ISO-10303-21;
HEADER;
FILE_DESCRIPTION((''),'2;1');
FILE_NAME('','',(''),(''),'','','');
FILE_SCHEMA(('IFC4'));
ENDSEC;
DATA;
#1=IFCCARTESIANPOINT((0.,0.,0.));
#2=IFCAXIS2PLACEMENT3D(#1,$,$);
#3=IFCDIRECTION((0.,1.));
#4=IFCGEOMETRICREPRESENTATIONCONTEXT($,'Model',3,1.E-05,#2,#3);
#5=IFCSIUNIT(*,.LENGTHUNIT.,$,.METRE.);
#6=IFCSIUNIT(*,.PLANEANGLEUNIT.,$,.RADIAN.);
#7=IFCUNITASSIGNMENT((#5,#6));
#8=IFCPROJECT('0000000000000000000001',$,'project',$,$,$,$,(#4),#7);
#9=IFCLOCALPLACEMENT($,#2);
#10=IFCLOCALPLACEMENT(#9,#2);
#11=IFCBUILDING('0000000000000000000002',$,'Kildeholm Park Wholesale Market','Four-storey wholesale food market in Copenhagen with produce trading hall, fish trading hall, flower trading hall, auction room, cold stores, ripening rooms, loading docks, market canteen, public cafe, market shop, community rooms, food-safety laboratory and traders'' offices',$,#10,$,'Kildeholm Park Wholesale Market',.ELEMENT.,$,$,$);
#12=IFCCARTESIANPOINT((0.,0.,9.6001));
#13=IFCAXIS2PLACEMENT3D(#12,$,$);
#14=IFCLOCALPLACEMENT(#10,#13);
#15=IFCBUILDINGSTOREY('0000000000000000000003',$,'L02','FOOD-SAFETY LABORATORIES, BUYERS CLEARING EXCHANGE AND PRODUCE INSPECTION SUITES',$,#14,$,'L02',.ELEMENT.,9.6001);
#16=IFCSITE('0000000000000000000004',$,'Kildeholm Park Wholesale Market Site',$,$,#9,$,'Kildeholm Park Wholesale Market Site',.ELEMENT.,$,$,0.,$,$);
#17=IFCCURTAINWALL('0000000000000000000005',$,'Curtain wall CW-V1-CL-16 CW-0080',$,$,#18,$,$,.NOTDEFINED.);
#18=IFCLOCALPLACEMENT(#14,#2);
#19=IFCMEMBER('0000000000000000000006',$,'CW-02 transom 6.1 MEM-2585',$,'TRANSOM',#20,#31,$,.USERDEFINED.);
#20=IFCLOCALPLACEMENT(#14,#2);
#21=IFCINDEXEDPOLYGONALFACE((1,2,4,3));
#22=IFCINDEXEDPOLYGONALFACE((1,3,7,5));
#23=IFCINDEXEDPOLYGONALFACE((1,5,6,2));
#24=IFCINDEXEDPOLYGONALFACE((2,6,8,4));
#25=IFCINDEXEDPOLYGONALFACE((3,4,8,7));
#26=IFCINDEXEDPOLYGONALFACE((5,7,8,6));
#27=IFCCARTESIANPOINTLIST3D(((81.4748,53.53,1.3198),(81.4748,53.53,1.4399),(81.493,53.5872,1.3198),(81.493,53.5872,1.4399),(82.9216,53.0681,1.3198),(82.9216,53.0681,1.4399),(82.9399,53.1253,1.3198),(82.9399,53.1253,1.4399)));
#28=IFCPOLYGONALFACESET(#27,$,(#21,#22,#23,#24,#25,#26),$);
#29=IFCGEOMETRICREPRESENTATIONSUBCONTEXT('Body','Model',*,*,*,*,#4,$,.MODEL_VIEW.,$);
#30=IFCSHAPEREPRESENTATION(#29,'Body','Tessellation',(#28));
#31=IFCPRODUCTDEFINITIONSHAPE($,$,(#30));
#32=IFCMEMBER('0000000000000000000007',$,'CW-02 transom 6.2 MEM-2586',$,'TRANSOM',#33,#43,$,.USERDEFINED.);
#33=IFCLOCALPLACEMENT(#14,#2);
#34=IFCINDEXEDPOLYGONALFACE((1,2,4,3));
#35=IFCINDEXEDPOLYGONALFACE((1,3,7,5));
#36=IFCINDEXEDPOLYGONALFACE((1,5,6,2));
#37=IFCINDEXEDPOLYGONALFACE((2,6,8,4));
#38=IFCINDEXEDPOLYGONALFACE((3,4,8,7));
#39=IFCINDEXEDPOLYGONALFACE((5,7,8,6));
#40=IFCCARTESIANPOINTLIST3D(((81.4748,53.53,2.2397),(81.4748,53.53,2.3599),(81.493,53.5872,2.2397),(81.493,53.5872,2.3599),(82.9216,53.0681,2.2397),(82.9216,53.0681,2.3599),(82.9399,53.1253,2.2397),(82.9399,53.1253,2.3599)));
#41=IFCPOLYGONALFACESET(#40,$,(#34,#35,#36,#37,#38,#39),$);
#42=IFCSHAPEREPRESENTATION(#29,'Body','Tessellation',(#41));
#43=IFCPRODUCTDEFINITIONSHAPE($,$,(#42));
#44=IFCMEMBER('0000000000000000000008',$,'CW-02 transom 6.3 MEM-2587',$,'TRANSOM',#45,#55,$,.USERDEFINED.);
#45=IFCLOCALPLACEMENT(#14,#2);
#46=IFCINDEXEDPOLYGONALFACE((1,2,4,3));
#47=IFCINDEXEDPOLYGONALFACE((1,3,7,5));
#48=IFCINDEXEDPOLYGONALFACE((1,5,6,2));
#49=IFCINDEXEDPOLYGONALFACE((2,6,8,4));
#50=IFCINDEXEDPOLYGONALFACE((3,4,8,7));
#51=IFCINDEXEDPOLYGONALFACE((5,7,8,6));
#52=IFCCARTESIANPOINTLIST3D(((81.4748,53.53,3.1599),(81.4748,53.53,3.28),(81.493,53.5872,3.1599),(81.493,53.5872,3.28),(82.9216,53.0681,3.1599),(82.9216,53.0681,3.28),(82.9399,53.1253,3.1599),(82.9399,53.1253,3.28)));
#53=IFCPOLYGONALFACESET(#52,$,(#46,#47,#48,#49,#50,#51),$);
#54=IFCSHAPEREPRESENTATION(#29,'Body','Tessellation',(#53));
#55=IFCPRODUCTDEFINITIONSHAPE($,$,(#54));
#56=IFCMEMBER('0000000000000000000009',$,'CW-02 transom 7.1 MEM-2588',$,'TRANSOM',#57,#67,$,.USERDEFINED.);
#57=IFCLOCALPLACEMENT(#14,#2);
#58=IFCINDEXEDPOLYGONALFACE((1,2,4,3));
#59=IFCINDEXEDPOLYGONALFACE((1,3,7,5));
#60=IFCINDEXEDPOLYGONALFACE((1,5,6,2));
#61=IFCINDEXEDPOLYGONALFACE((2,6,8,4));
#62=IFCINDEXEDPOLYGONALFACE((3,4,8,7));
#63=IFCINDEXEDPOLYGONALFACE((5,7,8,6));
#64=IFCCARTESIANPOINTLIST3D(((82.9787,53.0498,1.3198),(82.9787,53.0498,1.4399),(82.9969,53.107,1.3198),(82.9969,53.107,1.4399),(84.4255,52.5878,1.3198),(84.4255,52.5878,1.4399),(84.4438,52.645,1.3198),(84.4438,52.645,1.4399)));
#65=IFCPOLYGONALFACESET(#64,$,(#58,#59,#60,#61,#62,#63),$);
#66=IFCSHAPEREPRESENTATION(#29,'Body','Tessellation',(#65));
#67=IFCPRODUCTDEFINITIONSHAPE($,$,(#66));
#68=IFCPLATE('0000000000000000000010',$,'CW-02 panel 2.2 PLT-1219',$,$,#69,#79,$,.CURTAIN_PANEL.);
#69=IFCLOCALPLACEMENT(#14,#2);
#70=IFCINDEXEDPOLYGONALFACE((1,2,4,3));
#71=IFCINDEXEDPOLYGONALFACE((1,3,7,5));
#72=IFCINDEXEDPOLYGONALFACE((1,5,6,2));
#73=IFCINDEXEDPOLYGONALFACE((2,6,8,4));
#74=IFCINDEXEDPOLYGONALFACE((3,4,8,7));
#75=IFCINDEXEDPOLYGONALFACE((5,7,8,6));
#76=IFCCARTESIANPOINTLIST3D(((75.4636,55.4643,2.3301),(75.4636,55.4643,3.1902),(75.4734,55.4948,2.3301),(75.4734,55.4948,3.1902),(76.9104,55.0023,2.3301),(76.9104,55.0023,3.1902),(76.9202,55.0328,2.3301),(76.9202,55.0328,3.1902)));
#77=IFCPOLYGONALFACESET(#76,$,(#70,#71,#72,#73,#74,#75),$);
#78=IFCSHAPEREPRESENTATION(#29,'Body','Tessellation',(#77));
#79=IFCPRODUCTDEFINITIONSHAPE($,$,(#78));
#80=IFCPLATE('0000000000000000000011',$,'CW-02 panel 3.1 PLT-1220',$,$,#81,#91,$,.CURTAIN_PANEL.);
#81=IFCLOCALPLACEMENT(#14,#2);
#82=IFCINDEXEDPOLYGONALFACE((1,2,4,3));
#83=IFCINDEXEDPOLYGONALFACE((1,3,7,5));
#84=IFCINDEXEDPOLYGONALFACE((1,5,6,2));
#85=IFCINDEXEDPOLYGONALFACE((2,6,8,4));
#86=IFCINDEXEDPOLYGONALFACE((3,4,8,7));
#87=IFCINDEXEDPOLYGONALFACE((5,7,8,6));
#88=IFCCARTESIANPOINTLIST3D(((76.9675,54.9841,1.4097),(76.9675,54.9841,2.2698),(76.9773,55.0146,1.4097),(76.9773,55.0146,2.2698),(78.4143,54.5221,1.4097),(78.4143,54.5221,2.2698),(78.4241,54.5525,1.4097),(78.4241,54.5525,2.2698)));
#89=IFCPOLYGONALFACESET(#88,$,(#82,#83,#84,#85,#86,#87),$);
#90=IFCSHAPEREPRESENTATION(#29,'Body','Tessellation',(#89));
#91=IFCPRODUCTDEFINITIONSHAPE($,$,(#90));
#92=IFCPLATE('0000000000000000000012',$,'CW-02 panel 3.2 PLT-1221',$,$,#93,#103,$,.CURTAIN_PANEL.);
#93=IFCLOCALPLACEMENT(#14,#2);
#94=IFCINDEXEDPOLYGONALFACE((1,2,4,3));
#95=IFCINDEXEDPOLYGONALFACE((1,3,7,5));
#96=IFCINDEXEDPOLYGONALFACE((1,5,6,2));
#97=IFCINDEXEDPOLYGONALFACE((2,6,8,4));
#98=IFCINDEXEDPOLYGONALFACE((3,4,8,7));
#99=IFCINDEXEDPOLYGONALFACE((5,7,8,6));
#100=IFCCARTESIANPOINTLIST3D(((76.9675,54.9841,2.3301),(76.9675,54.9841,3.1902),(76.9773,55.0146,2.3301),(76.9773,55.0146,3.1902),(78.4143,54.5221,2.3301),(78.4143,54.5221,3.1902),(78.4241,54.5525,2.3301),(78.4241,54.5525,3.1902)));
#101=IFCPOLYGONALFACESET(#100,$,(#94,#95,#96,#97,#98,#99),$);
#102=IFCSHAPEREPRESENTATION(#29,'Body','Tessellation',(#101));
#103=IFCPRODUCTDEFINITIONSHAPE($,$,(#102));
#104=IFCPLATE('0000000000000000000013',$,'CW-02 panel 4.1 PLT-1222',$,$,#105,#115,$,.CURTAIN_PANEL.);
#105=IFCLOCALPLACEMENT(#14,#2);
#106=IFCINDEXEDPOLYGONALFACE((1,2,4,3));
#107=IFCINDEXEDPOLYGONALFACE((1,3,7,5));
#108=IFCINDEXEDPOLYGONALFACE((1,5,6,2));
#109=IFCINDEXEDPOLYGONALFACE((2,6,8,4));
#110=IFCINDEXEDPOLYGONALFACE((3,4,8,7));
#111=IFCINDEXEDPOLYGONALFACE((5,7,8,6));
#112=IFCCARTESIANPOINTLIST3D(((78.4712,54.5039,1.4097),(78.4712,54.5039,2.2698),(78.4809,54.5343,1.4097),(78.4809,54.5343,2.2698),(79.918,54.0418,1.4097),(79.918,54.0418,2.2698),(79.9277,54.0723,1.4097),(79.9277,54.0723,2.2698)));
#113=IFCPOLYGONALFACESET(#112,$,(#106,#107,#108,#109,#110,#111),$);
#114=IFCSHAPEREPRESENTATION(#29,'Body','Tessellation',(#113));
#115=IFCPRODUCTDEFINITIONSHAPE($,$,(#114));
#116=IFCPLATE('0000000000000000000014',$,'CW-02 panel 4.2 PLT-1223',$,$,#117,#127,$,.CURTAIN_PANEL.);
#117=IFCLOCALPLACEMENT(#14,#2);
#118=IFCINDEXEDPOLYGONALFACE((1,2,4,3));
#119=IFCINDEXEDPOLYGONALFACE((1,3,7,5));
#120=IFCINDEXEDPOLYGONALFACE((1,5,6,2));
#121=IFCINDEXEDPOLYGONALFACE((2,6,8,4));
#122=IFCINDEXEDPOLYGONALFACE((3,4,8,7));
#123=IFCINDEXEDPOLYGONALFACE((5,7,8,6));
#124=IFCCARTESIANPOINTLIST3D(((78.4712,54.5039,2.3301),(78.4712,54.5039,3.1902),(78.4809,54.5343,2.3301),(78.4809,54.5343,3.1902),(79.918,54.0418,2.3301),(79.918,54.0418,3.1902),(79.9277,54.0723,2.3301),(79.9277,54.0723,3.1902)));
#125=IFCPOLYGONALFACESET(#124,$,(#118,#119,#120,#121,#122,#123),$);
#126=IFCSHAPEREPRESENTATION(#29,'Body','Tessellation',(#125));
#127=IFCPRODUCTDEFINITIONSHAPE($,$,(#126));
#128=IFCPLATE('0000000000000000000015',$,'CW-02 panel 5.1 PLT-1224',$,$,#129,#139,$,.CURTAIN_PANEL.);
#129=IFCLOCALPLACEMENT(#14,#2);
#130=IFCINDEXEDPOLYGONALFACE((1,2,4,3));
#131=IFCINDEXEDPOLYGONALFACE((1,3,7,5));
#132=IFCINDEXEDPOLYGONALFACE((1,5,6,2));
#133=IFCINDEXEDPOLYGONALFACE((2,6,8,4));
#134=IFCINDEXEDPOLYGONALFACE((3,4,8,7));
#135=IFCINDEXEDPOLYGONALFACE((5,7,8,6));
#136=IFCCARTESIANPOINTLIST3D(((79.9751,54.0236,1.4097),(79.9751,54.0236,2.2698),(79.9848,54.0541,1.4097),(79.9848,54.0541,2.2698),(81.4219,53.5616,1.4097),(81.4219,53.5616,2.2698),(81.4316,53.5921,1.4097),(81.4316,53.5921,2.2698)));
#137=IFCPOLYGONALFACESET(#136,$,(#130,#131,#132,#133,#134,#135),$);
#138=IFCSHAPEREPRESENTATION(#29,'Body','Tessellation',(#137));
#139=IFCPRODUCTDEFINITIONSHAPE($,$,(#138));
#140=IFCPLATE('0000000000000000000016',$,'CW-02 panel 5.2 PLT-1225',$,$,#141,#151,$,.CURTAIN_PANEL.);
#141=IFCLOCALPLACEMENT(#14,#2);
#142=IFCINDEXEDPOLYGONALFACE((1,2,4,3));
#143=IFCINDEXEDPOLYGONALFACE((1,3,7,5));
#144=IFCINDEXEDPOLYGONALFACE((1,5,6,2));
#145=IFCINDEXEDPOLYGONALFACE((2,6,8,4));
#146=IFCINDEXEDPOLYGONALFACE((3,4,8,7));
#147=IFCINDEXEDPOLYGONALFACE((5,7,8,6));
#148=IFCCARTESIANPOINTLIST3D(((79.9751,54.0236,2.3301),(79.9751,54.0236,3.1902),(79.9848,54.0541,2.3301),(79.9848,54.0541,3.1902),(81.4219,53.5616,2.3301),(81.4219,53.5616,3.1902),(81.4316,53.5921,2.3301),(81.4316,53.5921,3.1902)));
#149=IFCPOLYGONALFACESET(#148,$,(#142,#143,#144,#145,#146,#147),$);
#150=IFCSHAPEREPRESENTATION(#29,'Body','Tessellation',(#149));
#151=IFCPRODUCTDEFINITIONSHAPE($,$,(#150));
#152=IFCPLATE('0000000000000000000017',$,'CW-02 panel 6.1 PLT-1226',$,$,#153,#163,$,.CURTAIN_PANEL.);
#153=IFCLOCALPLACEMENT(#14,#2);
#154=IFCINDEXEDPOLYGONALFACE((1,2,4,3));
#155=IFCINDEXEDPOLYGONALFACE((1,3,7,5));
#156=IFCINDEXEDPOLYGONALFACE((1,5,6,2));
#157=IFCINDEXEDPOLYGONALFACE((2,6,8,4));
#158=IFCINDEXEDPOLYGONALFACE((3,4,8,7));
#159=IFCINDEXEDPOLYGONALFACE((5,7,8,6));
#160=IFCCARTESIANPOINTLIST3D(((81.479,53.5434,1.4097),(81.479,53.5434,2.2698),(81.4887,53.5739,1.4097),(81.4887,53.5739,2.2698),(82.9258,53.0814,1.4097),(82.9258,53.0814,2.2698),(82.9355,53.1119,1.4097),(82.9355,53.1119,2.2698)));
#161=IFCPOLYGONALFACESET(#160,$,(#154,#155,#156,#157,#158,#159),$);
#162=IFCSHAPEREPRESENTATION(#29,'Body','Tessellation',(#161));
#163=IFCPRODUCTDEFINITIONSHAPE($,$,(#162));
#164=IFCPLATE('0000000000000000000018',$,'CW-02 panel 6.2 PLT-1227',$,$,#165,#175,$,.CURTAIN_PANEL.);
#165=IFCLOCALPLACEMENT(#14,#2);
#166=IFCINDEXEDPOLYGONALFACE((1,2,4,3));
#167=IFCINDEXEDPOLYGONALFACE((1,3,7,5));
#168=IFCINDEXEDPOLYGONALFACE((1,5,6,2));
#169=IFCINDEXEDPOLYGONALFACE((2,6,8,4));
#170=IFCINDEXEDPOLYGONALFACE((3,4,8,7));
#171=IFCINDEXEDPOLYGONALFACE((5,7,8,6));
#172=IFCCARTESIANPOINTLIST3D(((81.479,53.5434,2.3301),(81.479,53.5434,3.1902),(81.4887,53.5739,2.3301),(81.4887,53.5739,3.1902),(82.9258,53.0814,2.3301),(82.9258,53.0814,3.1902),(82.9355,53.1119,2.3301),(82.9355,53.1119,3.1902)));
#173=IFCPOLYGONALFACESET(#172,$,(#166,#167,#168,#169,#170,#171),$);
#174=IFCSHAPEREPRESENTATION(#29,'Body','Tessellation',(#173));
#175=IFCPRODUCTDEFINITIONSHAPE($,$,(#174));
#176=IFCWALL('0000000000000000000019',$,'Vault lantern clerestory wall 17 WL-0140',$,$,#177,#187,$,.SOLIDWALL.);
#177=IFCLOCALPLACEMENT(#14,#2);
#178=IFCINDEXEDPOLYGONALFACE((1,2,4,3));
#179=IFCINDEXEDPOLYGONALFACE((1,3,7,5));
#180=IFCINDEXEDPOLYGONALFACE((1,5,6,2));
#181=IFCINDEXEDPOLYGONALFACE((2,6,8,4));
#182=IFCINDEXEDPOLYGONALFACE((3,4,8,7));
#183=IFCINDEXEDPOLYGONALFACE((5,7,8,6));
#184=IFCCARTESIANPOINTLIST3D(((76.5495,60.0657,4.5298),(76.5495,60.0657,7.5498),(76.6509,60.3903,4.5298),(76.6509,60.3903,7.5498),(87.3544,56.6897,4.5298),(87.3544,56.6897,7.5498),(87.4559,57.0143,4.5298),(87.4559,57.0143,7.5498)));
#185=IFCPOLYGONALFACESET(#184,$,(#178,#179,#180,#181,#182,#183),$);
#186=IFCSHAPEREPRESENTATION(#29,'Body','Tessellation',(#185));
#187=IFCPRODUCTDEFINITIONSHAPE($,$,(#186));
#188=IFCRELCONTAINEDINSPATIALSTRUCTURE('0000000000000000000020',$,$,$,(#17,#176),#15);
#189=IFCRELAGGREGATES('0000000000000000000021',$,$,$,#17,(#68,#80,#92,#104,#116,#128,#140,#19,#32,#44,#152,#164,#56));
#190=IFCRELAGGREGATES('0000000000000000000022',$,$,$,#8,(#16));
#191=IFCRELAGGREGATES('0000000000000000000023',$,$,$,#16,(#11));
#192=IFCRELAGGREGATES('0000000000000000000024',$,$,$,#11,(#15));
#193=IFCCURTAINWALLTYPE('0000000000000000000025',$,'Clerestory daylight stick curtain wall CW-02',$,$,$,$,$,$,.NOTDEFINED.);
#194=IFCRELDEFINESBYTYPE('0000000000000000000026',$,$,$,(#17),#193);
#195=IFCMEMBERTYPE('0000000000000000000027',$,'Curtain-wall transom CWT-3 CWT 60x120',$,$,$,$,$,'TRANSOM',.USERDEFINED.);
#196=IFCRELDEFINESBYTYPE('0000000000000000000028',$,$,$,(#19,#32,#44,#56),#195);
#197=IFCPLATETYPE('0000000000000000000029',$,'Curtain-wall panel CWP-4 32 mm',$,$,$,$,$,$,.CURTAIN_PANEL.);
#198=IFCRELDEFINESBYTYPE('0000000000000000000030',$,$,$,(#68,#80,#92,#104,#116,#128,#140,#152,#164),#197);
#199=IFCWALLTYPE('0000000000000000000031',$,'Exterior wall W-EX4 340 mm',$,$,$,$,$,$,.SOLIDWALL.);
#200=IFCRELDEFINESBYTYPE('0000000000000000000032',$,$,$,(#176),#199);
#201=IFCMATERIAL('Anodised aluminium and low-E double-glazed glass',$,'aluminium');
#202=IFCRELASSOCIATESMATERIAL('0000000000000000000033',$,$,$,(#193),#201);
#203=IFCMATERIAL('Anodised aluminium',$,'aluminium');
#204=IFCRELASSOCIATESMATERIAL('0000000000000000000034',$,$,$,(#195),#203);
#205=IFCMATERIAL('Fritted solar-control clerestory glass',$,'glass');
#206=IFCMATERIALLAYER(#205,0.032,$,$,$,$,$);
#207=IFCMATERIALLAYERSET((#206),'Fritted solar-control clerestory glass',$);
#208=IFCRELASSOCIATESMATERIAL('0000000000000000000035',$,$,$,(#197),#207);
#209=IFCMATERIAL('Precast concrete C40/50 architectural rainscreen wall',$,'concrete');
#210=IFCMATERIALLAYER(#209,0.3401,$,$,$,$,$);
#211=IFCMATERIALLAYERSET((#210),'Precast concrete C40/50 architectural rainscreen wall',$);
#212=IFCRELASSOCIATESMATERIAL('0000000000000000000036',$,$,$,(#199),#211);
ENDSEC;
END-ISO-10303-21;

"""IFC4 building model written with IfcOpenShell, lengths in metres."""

from ifc_helpers import new_model, si_unit, direction, frame, frame_2d, origin, origin_2d, place, context, subcontext, project, spatial, rectangle, extrude, material, layer, layer_set, material_profile, profile_set, type_object, element, aggregate, save


model = new_model("IFC4")

# Units and contexts
model_context = context("Model", 3, precision=1e-05, world=origin(), true_north=direction((0.0, 1.0)))
body_context = subcontext(model_context, "Body", "Model", "MODEL_VIEW")
ifc_project = project(units=[si_unit("LENGTHUNIT", "METRE"), si_unit("PLANEANGLEUNIT", "RADIAN")], contexts=[model_context])

# Site, building, storey
site_placement = place(None, origin())
site = spatial("IfcSite", under=ifc_project, at=site_placement, Name="Kildeholm Park Wholesale Market Site", LongName="Kildeholm Park Wholesale Market Site", CompositionType="ELEMENT", RefElevation=0.0)
building_placement = place(site_placement, origin())
building = spatial("IfcBuilding", under=site, at=building_placement, Name="Kildeholm Park Wholesale Market", Description="Four-storey wholesale food market in Copenhagen with produce trading hall, fish trading hall, flower trading hall, auction room, cold stores, ripening rooms, loading docks, market canteen, public cafe, market shop, community rooms, food-safety laboratory and traders' offices", LongName="Kildeholm Park Wholesale Market", CompositionType="ELEMENT")
storey_placement = place(building_placement, frame((0.0, 0.0, 9.6001)))
storey = spatial("IfcBuildingStorey", under=building, at=storey_placement, Name="L02", Description="FOOD-SAFETY LABORATORIES, BUYERS CLEARING EXCHANGE AND PRODUCE INSPECTION SUITES", LongName="L02", CompositionType="ELEMENT", Elevation=9.6001)

# Curtain wall, members, plates
ifc_material_1 = material(Name="Anodised aluminium and low-E double-glazed glass", Category="aluminium")
curtain_wall_type = type_object("IfcCurtainWallType", Name="Clerestory daylight stick curtain wall CW-02", PredefinedType="NOTDEFINED", material=ifc_material_1)
curtain_wall_placement = place(storey_placement, origin())
curtain_wall = element("IfcCurtainWall", 1, at=curtain_wall_placement, inside=storey, type_object=curtain_wall_type, Name="Curtain wall CW-V1-CL-16 CW-0080", PredefinedType="NOTDEFINED")
ifc_material_2 = material(Name="Anodised aluminium", Category="aluminium")
ifc_material_profile_1 = material_profile(ifc_material_2, rectangle(XDim=0.0601, YDim=0.1201, at=origin_2d()), Name="CWT 60x120")
ifc_profile_set_1 = profile_set([ifc_material_profile_1], Name="Anodised aluminium")
member_type_1 = type_object("IfcMemberType", Name="Curtain-wall transom CWT-3 CWT 60x120", ElementType="TRANSOM", PredefinedType="USERDEFINED", material=ifc_profile_set_1)
member_1_placement = place(storey_placement, frame((81.4839, 53.5586, 1.3799), z_axis=(0.952626, -0.304146, 0.0), x_axis=(0.304146, 0.952626, 0.0)))
member_1 = element("IfcMember", 2, at=member_1_placement, type_object=member_type_1, Name="CW-02 transom 6.1 MEM-2585", ObjectType="TRANSOM", PredefinedType="USERDEFINED", context=body_context, shape_type="SweptSolid", body=[
    extrude(rectangle(XDim=0.0601, YDim=0.1201, at=origin_2d()), origin(), (0.0, 0.0, 1.0), 1.5188),
])
member_2_placement = place(storey_placement, frame((81.4839, 53.5586, 2.2998), z_axis=(0.952626, -0.304146, 0.0), x_axis=(0.304146, 0.952626, 0.0)))
member_2 = element("IfcMember", 3, at=member_2_placement, type_object=member_type_1, Name="CW-02 transom 6.2 MEM-2586", ObjectType="TRANSOM", PredefinedType="USERDEFINED", context=body_context, shape_type="SweptSolid", body=[
    extrude(rectangle(XDim=0.0601, YDim=0.1201, at=origin_2d()), origin(), (0.0, 0.0, 1.0), 1.5188),
])
member_3_placement = place(storey_placement, frame((81.4839, 53.5586, 3.22), z_axis=(0.952626, -0.304146, 0.0), x_axis=(0.304146, 0.952626, 0.0)))
member_3 = element("IfcMember", 4, at=member_3_placement, type_object=member_type_1, Name="CW-02 transom 6.3 MEM-2587", ObjectType="TRANSOM", PredefinedType="USERDEFINED", context=body_context, shape_type="SweptSolid", body=[
    extrude(rectangle(XDim=0.0601, YDim=0.1201, at=origin_2d()), origin(), (0.0, 0.0, 1.0), 1.5188),
])
member_4_placement = place(storey_placement, frame((82.9878, 53.0784, 1.3799), z_axis=(0.952626, -0.304146, 0.0), x_axis=(0.304146, 0.952626, 0.0)))
member_4 = element("IfcMember", 5, at=member_4_placement, type_object=member_type_1, Name="CW-02 transom 7.1 MEM-2588", ObjectType="TRANSOM", PredefinedType="USERDEFINED", context=body_context, shape_type="SweptSolid", body=[
    extrude(rectangle(XDim=0.0601, YDim=0.1201, at=origin_2d()), origin(), (0.0, 0.0, 1.0), 1.5188),
])
ifc_material_3 = material(Name="Fritted solar-control clerestory glass", Category="glass")
ifc_layer_1 = layer(ifc_material_3, 0.032)
ifc_layer_set_1 = layer_set([ifc_layer_1], Name="Fritted solar-control clerestory glass")
plate_type = type_object("IfcPlateType", Name="Curtain-wall panel CWP-4 32 mm", PredefinedType="CURTAIN_PANEL", material=ifc_layer_set_1)
plate_1_placement = place(storey_placement, frame((76.1919, 55.2485, 2.3301), z_axis=(0.0, 0.0, 1.0), x_axis=(0.952606, -0.304207, 0.0)))
plate_1 = element("IfcPlate", 6, at=plate_1_placement, type_object=plate_type, Name="CW-02 panel 2.2 PLT-1219", PredefinedType="CURTAIN_PANEL", context=body_context, shape_type="SweptSolid", body=[
    extrude(rectangle(XDim=1.5188, YDim=0.032, at=origin_2d()), origin(), (0.0, 0.0, 1.0), 0.8601),
])
plate_2_placement = place(storey_placement, frame((77.6958, 54.7683, 1.4097), z_axis=(0.0, 0.0, 1.0), x_axis=(0.952606, -0.304207, 0.0)))
plate_2 = element("IfcPlate", 7, at=plate_2_placement, type_object=plate_type, Name="CW-02 panel 3.1 PLT-1220", PredefinedType="CURTAIN_PANEL", context=body_context, shape_type="SweptSolid", body=[
    extrude(rectangle(XDim=1.5188, YDim=0.032, at=origin_2d()), origin(), (0.0, 0.0, 1.0), 0.8601),
])
plate_3_placement = place(storey_placement, frame((77.6958, 54.7683, 2.3301), z_axis=(0.0, 0.0, 1.0), x_axis=(0.952606, -0.304207, 0.0)))
plate_3 = element("IfcPlate", 8, at=plate_3_placement, type_object=plate_type, Name="CW-02 panel 3.2 PLT-1221", PredefinedType="CURTAIN_PANEL", context=body_context, shape_type="SweptSolid", body=[
    extrude(rectangle(XDim=1.5188, YDim=0.032, at=origin_2d()), origin(), (0.0, 0.0, 1.0), 0.8601),
])
plate_4_placement = place(storey_placement, frame((79.1995, 54.2881, 1.4097), z_axis=(0.0, 0.0, 1.0), x_axis=(0.952606, -0.304207, 0.0)))
plate_4 = element("IfcPlate", 9, at=plate_4_placement, type_object=plate_type, Name="CW-02 panel 4.1 PLT-1222", PredefinedType="CURTAIN_PANEL", context=body_context, shape_type="SweptSolid", body=[
    extrude(rectangle(XDim=1.5188, YDim=0.032, at=origin_2d()), origin(), (0.0, 0.0, 1.0), 0.8601),
])
plate_5_placement = place(storey_placement, frame((79.1995, 54.2881, 2.3301), z_axis=(0.0, 0.0, 1.0), x_axis=(0.952606, -0.304207, 0.0)))
plate_5 = element("IfcPlate", 10, at=plate_5_placement, type_object=plate_type, Name="CW-02 panel 4.2 PLT-1223", PredefinedType="CURTAIN_PANEL", context=body_context, shape_type="SweptSolid", body=[
    extrude(rectangle(XDim=1.5188, YDim=0.032, at=origin_2d()), origin(), (0.0, 0.0, 1.0), 0.8601),
])
plate_6_placement = place(storey_placement, frame((80.7034, 53.8079, 1.4097), z_axis=(0.0, 0.0, 1.0), x_axis=(0.952606, -0.304207, 0.0)))
plate_6 = element("IfcPlate", 11, at=plate_6_placement, type_object=plate_type, Name="CW-02 panel 5.1 PLT-1224", PredefinedType="CURTAIN_PANEL", context=body_context, shape_type="SweptSolid", body=[
    extrude(rectangle(XDim=1.5188, YDim=0.032, at=origin_2d()), origin(), (0.0, 0.0, 1.0), 0.8601),
])
plate_7_placement = place(storey_placement, frame((80.7034, 53.8079, 2.3301), z_axis=(0.0, 0.0, 1.0), x_axis=(0.952606, -0.304207, 0.0)))
plate_7 = element("IfcPlate", 12, at=plate_7_placement, type_object=plate_type, Name="CW-02 panel 5.2 PLT-1225", PredefinedType="CURTAIN_PANEL", context=body_context, shape_type="SweptSolid", body=[
    extrude(rectangle(XDim=1.5188, YDim=0.032, at=origin_2d()), origin(), (0.0, 0.0, 1.0), 0.8601),
])
plate_8_placement = place(storey_placement, frame((82.2073, 53.3276, 1.4097), z_axis=(0.0, 0.0, 1.0), x_axis=(0.952606, -0.304207, 0.0)))
plate_8 = element("IfcPlate", 13, at=plate_8_placement, type_object=plate_type, Name="CW-02 panel 6.1 PLT-1226", PredefinedType="CURTAIN_PANEL", context=body_context, shape_type="SweptSolid", body=[
    extrude(rectangle(XDim=1.5188, YDim=0.032, at=origin_2d()), origin(), (0.0, 0.0, 1.0), 0.8601),
])
plate_9_placement = place(storey_placement, frame((82.2073, 53.3276, 2.3301), z_axis=(0.0, 0.0, 1.0), x_axis=(0.952606, -0.304207, 0.0)))
plate_9 = element("IfcPlate", 14, at=plate_9_placement, type_object=plate_type, Name="CW-02 panel 6.2 PLT-1227", PredefinedType="CURTAIN_PANEL", context=body_context, shape_type="SweptSolid", body=[
    extrude(rectangle(XDim=1.5188, YDim=0.032, at=origin_2d()), origin(), (0.0, 0.0, 1.0), 0.8601),
])
aggregate(curtain_wall, [plate_1, plate_2, plate_3, plate_4, plate_5, plate_6, plate_7, member_1, member_2, member_3, plate_8, plate_9, member_4])

# Wall
ifc_material_4 = material(Name="Precast concrete C40/50 architectural rainscreen wall", Category="concrete")
ifc_layer_2 = layer(ifc_material_4, 0.3401)
ifc_layer_set_2 = layer_set([ifc_layer_2], Name="Precast concrete C40/50 architectural rainscreen wall")
wall_type = type_object("IfcWallType", Name="Exterior wall W-EX4 340 mm", PredefinedType="SOLIDWALL", material=ifc_layer_set_2)
wall_placement = place(storey_placement, frame((76.6001, 60.228, 4.5298), z_axis=(0.0, 0.0, 1.0), x_axis=(0.954494, -0.29823, 0.0)))
element("IfcWall", 15, at=wall_placement, inside=storey, type_object=wall_type, Name="Vault lantern clerestory wall 17 WL-0140", PredefinedType="SOLIDWALL", context=body_context, shape_type="SweptSolid", body=[
    extrude(rectangle(XDim=11.3201, YDim=0.3401, at=frame_2d((5.6602, 0.0))), origin(), (0.0, 0.0, 1.0), 3.02),
])

save(model, "model.ifc")
